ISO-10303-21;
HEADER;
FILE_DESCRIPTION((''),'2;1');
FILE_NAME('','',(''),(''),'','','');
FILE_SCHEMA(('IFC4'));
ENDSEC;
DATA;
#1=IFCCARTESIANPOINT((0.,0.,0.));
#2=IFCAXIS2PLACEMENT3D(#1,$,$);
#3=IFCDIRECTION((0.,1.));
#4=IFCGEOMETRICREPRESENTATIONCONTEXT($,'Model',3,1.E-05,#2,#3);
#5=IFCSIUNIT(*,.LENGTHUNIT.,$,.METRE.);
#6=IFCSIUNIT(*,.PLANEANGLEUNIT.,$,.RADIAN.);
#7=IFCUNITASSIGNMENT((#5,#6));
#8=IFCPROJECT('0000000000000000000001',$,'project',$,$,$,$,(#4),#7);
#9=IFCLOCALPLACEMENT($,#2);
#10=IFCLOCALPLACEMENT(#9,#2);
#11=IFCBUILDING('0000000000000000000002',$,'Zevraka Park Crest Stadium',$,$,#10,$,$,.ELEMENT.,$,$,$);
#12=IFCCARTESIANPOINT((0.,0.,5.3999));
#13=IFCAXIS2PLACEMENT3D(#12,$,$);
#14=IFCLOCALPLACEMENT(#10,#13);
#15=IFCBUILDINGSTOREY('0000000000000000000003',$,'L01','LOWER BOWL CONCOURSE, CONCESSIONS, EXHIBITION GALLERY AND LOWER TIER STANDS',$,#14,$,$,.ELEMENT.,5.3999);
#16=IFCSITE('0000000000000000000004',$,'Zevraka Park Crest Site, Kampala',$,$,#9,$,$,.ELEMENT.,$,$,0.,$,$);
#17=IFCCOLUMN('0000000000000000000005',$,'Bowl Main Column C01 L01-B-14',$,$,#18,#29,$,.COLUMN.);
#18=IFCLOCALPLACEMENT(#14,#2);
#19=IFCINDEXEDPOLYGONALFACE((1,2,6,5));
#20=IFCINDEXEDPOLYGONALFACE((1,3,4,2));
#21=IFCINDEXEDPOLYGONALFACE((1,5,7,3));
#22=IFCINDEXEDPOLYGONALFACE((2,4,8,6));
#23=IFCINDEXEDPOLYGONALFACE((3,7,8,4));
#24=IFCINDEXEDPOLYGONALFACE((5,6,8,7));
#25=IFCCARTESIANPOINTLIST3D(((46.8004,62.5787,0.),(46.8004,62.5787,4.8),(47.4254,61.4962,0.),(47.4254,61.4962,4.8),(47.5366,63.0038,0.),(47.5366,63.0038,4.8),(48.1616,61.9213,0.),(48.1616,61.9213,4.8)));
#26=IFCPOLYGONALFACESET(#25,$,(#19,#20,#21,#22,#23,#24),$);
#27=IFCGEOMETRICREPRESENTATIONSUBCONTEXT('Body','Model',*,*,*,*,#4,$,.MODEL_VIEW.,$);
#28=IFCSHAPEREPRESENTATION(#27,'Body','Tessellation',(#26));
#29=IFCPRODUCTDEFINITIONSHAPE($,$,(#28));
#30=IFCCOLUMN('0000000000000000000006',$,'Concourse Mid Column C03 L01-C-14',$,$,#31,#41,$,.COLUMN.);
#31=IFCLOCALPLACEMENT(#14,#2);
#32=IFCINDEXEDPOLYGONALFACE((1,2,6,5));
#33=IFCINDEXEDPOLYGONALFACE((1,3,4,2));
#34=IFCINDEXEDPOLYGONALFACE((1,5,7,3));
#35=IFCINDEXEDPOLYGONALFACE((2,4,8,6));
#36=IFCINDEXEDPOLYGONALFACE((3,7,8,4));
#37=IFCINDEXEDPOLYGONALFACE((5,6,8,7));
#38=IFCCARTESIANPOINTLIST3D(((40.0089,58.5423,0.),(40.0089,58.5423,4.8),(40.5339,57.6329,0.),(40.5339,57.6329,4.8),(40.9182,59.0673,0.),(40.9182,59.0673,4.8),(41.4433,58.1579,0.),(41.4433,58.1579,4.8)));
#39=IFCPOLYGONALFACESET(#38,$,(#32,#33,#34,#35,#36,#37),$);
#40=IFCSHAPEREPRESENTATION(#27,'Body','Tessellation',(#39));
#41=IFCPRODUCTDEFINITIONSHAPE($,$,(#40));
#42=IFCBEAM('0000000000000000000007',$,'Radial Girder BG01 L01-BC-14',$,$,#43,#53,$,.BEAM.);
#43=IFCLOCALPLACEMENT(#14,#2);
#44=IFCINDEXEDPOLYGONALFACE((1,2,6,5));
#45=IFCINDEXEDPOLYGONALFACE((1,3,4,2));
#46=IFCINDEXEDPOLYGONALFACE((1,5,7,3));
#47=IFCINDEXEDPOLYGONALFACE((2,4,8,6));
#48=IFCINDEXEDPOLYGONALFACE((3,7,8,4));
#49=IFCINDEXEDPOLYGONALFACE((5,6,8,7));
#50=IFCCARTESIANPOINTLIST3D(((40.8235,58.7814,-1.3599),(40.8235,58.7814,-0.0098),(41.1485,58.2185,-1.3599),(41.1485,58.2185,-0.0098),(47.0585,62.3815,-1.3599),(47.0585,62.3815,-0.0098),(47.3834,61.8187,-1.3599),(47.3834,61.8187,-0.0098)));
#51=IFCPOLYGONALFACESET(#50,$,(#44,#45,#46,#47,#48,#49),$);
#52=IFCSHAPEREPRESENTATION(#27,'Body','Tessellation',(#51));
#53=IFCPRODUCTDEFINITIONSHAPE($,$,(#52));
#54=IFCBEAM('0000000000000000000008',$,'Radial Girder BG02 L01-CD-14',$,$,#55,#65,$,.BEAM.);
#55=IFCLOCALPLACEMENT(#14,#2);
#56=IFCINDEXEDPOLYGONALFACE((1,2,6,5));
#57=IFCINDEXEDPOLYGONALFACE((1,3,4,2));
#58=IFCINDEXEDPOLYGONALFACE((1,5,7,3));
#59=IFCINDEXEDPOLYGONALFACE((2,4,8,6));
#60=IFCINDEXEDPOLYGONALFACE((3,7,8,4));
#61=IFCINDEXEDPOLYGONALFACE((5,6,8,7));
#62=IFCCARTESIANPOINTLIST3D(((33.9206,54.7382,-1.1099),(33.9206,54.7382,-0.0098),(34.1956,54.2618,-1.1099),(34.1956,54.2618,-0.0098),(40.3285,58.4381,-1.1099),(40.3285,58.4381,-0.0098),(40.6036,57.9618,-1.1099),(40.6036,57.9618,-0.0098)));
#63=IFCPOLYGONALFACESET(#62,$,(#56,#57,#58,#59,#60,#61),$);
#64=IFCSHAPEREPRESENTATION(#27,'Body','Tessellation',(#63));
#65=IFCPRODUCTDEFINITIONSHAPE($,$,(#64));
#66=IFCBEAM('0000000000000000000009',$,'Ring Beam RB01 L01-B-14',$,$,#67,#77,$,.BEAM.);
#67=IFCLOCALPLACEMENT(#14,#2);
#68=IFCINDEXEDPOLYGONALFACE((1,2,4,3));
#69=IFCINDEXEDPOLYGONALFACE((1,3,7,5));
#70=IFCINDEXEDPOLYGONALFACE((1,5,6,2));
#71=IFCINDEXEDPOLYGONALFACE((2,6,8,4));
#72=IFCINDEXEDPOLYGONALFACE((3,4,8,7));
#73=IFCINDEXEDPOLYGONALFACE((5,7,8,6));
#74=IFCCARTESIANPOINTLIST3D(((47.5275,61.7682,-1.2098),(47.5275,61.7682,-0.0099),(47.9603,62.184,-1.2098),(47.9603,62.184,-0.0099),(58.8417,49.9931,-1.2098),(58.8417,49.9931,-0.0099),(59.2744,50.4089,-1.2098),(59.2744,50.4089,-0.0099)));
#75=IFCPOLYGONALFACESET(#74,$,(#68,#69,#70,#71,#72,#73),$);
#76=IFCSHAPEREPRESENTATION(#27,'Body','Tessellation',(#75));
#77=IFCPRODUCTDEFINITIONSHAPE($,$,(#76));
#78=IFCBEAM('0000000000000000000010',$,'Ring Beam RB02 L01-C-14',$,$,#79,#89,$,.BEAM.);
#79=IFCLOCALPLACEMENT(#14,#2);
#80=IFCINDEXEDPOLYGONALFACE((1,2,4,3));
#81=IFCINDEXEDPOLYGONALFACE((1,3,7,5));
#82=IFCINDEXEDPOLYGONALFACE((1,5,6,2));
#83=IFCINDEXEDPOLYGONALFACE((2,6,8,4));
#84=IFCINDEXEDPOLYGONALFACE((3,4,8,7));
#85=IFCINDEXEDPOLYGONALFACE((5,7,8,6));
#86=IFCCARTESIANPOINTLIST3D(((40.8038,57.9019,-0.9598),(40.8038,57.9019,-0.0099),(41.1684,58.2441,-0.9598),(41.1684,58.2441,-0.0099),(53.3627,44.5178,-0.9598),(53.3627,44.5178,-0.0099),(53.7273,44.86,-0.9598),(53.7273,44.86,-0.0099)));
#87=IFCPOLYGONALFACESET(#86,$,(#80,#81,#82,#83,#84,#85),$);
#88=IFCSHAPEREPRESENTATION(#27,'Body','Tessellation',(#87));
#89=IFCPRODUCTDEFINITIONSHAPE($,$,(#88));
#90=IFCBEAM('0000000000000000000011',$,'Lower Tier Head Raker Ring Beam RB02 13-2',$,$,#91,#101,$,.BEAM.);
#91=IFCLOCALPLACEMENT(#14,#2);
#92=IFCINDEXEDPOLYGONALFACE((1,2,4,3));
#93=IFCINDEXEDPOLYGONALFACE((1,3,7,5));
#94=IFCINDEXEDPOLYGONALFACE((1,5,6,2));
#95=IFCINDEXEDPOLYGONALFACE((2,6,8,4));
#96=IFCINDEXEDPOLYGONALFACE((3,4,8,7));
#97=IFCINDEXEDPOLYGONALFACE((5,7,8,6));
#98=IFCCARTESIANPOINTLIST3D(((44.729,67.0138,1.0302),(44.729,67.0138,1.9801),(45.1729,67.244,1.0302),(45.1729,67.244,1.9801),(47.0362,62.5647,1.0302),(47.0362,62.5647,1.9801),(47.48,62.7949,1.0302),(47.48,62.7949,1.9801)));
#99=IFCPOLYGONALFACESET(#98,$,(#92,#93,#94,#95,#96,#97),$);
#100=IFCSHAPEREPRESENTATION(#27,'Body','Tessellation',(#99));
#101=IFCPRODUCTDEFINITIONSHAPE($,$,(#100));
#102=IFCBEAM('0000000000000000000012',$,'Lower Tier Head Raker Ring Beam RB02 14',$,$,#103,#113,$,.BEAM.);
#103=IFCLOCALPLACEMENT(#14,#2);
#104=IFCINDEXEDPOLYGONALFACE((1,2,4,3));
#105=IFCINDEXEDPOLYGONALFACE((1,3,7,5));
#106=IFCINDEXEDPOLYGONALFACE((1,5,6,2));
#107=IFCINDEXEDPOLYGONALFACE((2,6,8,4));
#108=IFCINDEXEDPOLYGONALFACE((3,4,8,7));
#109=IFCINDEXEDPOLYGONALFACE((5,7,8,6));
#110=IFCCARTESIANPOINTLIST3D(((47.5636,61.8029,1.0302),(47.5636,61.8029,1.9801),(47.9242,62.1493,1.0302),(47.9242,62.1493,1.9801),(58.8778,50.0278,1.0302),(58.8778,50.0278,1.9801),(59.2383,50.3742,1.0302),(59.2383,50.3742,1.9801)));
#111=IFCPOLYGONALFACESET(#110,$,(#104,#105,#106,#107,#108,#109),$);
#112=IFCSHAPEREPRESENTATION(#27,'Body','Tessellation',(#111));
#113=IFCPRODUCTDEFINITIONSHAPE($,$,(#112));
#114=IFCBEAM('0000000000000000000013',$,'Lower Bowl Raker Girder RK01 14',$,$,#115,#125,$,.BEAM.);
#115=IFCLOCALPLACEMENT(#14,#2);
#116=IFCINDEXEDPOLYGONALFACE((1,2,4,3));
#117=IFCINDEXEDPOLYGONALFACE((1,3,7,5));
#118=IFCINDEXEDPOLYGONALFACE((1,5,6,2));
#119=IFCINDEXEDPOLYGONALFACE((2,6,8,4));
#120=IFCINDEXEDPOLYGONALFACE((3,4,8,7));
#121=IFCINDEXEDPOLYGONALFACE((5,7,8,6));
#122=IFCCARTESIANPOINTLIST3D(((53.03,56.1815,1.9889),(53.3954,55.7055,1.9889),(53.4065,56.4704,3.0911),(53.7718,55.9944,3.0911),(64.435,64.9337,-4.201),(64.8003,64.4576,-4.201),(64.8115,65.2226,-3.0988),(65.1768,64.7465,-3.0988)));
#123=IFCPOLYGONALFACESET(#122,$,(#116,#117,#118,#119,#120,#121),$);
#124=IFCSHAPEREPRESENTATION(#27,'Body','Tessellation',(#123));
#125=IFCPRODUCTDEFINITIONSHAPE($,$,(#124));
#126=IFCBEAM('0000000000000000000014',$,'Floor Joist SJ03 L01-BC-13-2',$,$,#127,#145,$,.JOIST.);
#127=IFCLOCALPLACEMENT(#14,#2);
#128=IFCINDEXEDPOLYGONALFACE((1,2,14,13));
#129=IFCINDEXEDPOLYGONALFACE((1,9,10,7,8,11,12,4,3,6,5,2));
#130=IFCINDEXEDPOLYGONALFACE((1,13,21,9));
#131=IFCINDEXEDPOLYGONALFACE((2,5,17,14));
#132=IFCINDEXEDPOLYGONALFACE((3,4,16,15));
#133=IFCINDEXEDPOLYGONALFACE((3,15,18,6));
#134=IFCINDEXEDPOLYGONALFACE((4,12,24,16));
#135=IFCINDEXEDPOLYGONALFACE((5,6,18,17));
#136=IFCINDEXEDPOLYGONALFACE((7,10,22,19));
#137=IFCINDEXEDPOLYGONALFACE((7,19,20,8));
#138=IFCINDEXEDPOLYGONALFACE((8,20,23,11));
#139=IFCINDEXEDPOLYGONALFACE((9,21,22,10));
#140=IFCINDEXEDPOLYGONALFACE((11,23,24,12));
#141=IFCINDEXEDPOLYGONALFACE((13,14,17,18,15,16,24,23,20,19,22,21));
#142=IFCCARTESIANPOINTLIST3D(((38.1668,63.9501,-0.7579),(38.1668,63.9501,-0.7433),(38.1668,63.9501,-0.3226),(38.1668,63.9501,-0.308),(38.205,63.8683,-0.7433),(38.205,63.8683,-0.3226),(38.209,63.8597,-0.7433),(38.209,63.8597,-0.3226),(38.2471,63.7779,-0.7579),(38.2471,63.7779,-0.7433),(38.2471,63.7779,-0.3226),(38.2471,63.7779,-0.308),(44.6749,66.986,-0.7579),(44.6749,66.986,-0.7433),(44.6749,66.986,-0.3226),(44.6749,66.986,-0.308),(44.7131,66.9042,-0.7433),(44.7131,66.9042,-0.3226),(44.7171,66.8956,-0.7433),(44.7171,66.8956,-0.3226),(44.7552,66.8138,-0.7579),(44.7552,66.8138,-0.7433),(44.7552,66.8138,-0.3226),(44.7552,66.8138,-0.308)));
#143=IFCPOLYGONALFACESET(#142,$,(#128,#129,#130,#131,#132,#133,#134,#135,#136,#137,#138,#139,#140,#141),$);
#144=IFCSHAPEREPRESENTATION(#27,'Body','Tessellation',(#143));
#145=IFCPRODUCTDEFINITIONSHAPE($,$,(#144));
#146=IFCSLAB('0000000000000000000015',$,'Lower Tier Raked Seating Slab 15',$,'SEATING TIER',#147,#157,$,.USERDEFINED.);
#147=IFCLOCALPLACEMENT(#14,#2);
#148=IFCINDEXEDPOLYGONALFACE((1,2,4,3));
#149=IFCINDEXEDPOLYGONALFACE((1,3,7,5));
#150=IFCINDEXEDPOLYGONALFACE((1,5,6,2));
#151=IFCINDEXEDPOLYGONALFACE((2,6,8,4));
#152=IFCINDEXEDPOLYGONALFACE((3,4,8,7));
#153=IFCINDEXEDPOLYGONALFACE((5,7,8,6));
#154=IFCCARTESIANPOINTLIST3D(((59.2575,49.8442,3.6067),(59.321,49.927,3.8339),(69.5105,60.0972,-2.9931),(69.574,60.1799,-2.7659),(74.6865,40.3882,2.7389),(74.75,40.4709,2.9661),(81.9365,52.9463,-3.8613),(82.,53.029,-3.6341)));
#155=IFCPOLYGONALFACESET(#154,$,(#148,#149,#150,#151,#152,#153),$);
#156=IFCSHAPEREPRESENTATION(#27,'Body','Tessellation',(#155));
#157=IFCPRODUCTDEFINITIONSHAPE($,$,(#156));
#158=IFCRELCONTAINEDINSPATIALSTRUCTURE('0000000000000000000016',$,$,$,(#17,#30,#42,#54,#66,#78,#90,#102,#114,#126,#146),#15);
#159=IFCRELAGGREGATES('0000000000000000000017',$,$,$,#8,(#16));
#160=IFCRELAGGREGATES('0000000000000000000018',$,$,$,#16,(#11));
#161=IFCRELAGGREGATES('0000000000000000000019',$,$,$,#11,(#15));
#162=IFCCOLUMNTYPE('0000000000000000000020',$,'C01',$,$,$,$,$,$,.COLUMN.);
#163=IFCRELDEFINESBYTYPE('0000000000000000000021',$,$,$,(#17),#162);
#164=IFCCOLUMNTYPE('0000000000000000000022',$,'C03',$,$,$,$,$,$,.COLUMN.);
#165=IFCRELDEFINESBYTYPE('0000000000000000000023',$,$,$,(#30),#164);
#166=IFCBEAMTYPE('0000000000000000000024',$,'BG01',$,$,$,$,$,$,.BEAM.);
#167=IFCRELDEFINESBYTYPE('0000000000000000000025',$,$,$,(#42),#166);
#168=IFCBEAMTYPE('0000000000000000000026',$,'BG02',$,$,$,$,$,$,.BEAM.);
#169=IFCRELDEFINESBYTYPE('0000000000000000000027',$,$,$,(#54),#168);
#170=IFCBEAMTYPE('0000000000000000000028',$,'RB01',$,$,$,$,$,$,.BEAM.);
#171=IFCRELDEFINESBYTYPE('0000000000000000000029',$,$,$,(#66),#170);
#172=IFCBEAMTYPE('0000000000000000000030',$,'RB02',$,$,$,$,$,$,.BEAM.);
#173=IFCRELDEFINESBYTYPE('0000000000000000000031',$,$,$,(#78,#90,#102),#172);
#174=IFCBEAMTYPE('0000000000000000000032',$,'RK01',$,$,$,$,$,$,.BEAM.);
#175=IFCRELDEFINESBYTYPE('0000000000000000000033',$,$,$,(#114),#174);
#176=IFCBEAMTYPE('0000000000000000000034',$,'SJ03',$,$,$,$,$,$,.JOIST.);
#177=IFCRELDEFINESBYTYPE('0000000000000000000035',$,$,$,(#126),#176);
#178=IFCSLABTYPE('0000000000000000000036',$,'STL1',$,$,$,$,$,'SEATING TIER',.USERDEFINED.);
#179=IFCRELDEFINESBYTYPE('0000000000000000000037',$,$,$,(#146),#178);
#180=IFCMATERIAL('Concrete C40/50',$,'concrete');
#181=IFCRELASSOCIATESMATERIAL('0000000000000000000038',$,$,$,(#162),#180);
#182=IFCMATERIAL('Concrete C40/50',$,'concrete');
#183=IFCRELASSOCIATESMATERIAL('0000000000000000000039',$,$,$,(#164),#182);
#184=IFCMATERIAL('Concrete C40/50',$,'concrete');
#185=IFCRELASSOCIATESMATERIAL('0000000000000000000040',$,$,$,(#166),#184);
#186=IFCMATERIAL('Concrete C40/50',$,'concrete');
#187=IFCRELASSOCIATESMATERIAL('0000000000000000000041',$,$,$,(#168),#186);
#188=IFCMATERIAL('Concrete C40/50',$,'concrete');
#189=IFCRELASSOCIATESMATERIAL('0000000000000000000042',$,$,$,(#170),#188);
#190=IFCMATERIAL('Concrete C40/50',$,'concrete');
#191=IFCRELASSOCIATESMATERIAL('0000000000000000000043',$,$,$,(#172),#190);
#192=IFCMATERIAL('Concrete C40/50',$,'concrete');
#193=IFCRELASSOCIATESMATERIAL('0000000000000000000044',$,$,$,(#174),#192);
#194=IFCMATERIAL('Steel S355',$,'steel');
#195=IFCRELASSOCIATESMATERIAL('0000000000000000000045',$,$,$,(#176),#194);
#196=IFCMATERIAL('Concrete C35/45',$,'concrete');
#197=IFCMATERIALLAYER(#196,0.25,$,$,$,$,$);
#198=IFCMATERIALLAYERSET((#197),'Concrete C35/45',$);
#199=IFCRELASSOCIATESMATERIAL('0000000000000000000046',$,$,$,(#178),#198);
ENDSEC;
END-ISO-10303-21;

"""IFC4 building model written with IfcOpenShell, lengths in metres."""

from ifc_helpers import new_model, si_unit, direction, frame, origin, origin_2d, place, context, subcontext, project, spatial, polyline, rectangle, i_section, outline, extrude, material, layer, layer_set, material_profile, profile_set, type_object, element, save


model = new_model("IFC4")

# Units and contexts
model_context = context("Model", 3, precision=1e-05, world=origin(), true_north=direction((0.0, 1.0)))
body_context = subcontext(model_context, "Body", "Model", "MODEL_VIEW")
ifc_project = project(units=[si_unit("LENGTHUNIT", "METRE"), si_unit("PLANEANGLEUNIT", "RADIAN")], contexts=[model_context])

# Site, building, storey
site_placement = place(None, origin())
site = spatial("IfcSite", under=ifc_project, at=site_placement, Name="Zevraka Park Crest Site, Kampala", CompositionType="ELEMENT", RefElevation=0.0)
building_placement = place(site_placement, origin())
building = spatial("IfcBuilding", under=site, at=building_placement, Name="Zevraka Park Crest Stadium", CompositionType="ELEMENT")
storey_placement = place(building_placement, frame((0.0, 0.0, 5.3999)))
storey = spatial("IfcBuildingStorey", under=building, at=storey_placement, Name="L01", Description="LOWER BOWL CONCOURSE, CONCESSIONS, EXHIBITION GALLERY AND LOWER TIER STANDS", CompositionType="ELEMENT", Elevation=5.3999)

# Columns
ifc_material_1 = material(Name="Concrete C40/50", Category="concrete")
ifc_material_profile_1 = material_profile(ifc_material_1, rectangle(XDim=0.8501, YDim=1.25, at=origin_2d()), Name="RC 1250x850")
ifc_profile_set_1 = profile_set([ifc_material_profile_1], Name="Concrete C40/50")
column_type_1 = type_object("IfcColumnType", Name="C01", PredefinedType="COLUMN", material=ifc_profile_set_1)
column_1_placement = place(storey_placement, frame((47.481, 62.25, 0.0), z_axis=(0.0, 0.0, 1.0), x_axis=(0.866025, 0.5, 0.0)))
element("IfcColumn", 1, at=column_1_placement, inside=storey, type_object=column_type_1, Name="Bowl Main Column C01 L01-B-14", PredefinedType="COLUMN", context=body_context, shape_type="SweptSolid", body=[
    extrude(rectangle(XDim=0.8501, YDim=1.25, at=origin_2d()), origin(), (0.0, 0.0, 1.0), 4.8),
])
ifc_material_2 = material(Name="Concrete C40/50", Category="concrete")
ifc_material_profile_2 = material_profile(ifc_material_2, rectangle(XDim=1.05, YDim=1.05, at=origin_2d()), Name="RC 1050x1050")
ifc_profile_set_2 = profile_set([ifc_material_profile_2], Name="Concrete C40/50")
column_type_2 = type_object("IfcColumnType", Name="C03", PredefinedType="COLUMN", material=ifc_profile_set_2)
column_2_placement = place(storey_placement, frame((40.7261, 58.3501, 0.0), z_axis=(0.0, 0.0, 1.0), x_axis=(0.866025, 0.5, 0.0)))
element("IfcColumn", 2, at=column_2_placement, inside=storey, type_object=column_type_2, Name="Concourse Mid Column C03 L01-C-14", PredefinedType="COLUMN", context=body_context, shape_type="SweptSolid", body=[
    extrude(rectangle(XDim=1.05, YDim=1.05, at=origin_2d()), origin(), (0.0, 0.0, 1.0), 4.8),
])

# Beams
ifc_material_3 = material(Name="Concrete C40/50", Category="concrete")
ifc_material_profile_3 = material_profile(ifc_material_3, rectangle(XDim=0.6499, YDim=1.3501, at=origin_2d()), Name="RC 1350x650")
ifc_profile_set_3 = profile_set([ifc_material_profile_3], Name="Concrete C40/50")
beam_type_1 = type_object("IfcBeamType", Name="BG01", PredefinedType="BEAM", material=ifc_profile_set_3)
beam_1_placement = place(storey_placement, frame((47.2209, 62.1001, -0.6848), z_axis=(-0.866001, -0.500041, 0.0), x_axis=(0.500041, -0.866001, 0.0)))
element("IfcBeam", 3, at=beam_1_placement, inside=storey, type_object=beam_type_1, Name="Radial Girder BG01 L01-BC-14", PredefinedType="BEAM", context=body_context, shape_type="SweptSolid", body=[
    extrude(rectangle(XDim=0.6499, YDim=1.3501, at=origin_2d()), origin(), (0.0, 0.0, 1.0), 7.1997),
])
ifc_material_4 = material(Name="Concrete C40/50", Category="concrete")
ifc_material_profile_4 = material_profile(ifc_material_4, rectangle(XDim=0.55, YDim=1.1001, at=origin_2d()), Name="RC 1100x550")
ifc_profile_set_4 = profile_set([ifc_material_profile_4], Name="Concrete C40/50")
beam_type_2 = type_object("IfcBeamType", Name="BG02", PredefinedType="BEAM", material=ifc_profile_set_4)
beam_2_placement = place(storey_placement, frame((40.4661, 58.2, -0.5598), z_axis=(-0.866007, -0.500032, 0.0), x_axis=(0.500032, -0.866007, 0.0)))
element("IfcBeam", 4, at=beam_2_placement, inside=storey, type_object=beam_type_2, Name="Radial Girder BG02 L01-CD-14", PredefinedType="BEAM", context=body_context, shape_type="SweptSolid", body=[
    extrude(rectangle(XDim=0.55, YDim=1.1001, at=origin_2d()), origin(), (0.0, 0.0, 1.0), 7.3994),
])
ifc_material_5 = material(Name="Concrete C40/50", Category="concrete")
ifc_material_profile_5 = material_profile(ifc_material_5, rectangle(XDim=0.6001, YDim=1.2, at=origin_2d()), Name="RC 1200x600")
ifc_profile_set_5 = profile_set([ifc_material_profile_5], Name="Concrete C40/50")
beam_type_3 = type_object("IfcBeamType", Name="RB01", PredefinedType="BEAM", material=ifc_profile_set_5)
beam_3_placement = place(storey_placement, frame((47.7439, 61.9761, -0.6099), z_axis=(0.692853, -0.721079, 0.0), x_axis=(0.721079, 0.692853, 0.0)))
element("IfcBeam", 5, at=beam_3_placement, inside=storey, type_object=beam_type_3, Name="Ring Beam RB01 L01-B-14", PredefinedType="BEAM", context=body_context, shape_type="SweptSolid", body=[
    extrude(rectangle(XDim=0.6001, YDim=1.2, at=origin_2d()), origin(), (0.0, 0.0, 1.0), 16.3298),
])
ifc_material_6 = material(Name="Concrete C40/50", Category="concrete")
ifc_material_profile_6 = material_profile(ifc_material_6, rectangle(XDim=0.5, YDim=0.95, at=origin_2d()), Name="RC 950x500")
ifc_profile_set_6 = profile_set([ifc_material_profile_6], Name="Concrete C40/50")
beam_type_4 = type_object("IfcBeamType", Name="RB02", PredefinedType="BEAM", material=ifc_profile_set_6)
beam_4_placement = place(storey_placement, frame((40.9861, 58.073, -0.4849), z_axis=(0.684269, -0.72923, 0.0), x_axis=(0.72923, 0.684269, 0.0)))
element("IfcBeam", 6, at=beam_4_placement, inside=storey, type_object=beam_type_4, Name="Ring Beam RB02 L01-C-14", PredefinedType="BEAM", context=body_context, shape_type="SweptSolid", body=[
    extrude(rectangle(XDim=0.5, YDim=0.95, at=origin_2d()), origin(), (0.0, 0.0, 1.0), 18.3538),
])
beam_5_placement = place(storey_placement, frame((44.9509, 67.1289, 1.5051), z_axis=(0.460357, -0.887734, 0.0), x_axis=(0.887734, 0.460357, 0.0)))
element("IfcBeam", 7, at=beam_5_placement, inside=storey, type_object=beam_type_4, Name="Lower Tier Head Raker Ring Beam RB02 13-2", PredefinedType="BEAM", context=body_context, shape_type="SweptSolid", body=[
    extrude(rectangle(XDim=0.5, YDim=0.95, at=origin_2d()), origin(), (0.0, 0.0, 1.0), 5.0117),
])
beam_6_placement = place(storey_placement, frame((47.7439, 61.9761, 1.5051), z_axis=(0.692853, -0.721079, 0.0), x_axis=(0.721079, 0.692853, 0.0)))
element("IfcBeam", 8, at=beam_6_placement, inside=storey, type_object=beam_type_4, Name="Lower Tier Head Raker Ring Beam RB02 14", PredefinedType="BEAM", context=body_context, shape_type="SweptSolid", body=[
    extrude(rectangle(XDim=0.5, YDim=0.95, at=origin_2d()), origin(), (0.0, 0.0, 1.0), 16.3298),
])
ifc_material_7 = material(Name="Concrete C40/50", Category="concrete")
ifc_material_profile_7 = material_profile(ifc_material_7, rectangle(XDim=0.6001, YDim=1.2, at=origin_2d()), Name="RC 1200x600")
ifc_profile_set_7 = profile_set([ifc_material_profile_7], Name="Concrete C40/50")
beam_type_5 = type_object("IfcBeamType", Name="RK01", PredefinedType="BEAM", material=ifc_profile_set_7)
beam_7_placement = place(storey_placement, frame((64.8059, 64.8401, -3.6499), z_axis=(-0.728654, -0.559168, 0.395468), x_axis=(0.608797, -0.793326, 0.0)))
element("IfcBeam", 9, at=beam_7_placement, inside=storey, type_object=beam_type_5, Name="Lower Bowl Raker Girder RK01 14", PredefinedType="BEAM", context=body_context, shape_type="SweptSolid", body=[
    extrude(rectangle(XDim=0.6001, YDim=1.2, at=origin_2d()), origin(), (0.0, 0.0, 1.0), 15.6521),
])
ifc_material_8 = material(Name="Steel S355", Category="steel")
ifc_material_profile_8 = material_profile(ifc_material_8, i_section(OverallWidth=0.1899, OverallDepth=0.45, WebThickness=0.0095, FlangeThickness=0.0146, at=origin_2d()), Name="IPE 450")
ifc_profile_set_8 = profile_set([ifc_material_profile_8], Name="Steel S355")
beam_type_6 = type_object("IfcBeamType", Name="SJ03", PredefinedType="JOIST", material=ifc_profile_set_8)
beam_8_placement = place(storey_placement, frame((44.7151, 66.8999, -0.533), z_axis=(-0.906247, -0.422748, 0.0), x_axis=(0.422748, -0.906247, 0.0)))
element("IfcBeam", 10, at=beam_8_placement, inside=storey, type_object=beam_type_6, Name="Floor Joist SJ03 L01-BC-13-2", PredefinedType="JOIST", context=body_context, shape_type="SweptSolid", body=[
    extrude(i_section(OverallWidth=0.1899, OverallDepth=0.45, WebThickness=0.0095, FlangeThickness=0.0146, at=origin_2d()), origin(), (0.0, 0.0, 1.0), 7.1814),
])

# Slab
ifc_material_9 = material(Name="Concrete C35/45", Category="concrete")
ifc_layer_1 = layer(ifc_material_9, 0.25)
ifc_layer_set_1 = layer_set([ifc_layer_1], Name="Concrete C35/45")
slab_type = type_object("IfcSlabType", Name="STL1", ElementType="SEATING TIER", PredefinedType="USERDEFINED", material=ifc_layer_set_1)
slab_placement = place(storey_placement, frame((69.574, 60.1799, -2.7659), z_axis=(0.253987, 0.331009, 0.908804), x_axis=(0.865142, -0.49787, -0.060448)))
element("IfcSlab", 11, at=slab_placement, inside=storey, type_object=slab_type, Name="Lower Tier Raked Seating Slab 15", ObjectType="SEATING TIER", PredefinedType="USERDEFINED", context=body_context, shape_type="SweptSolid", body=[
    extrude(outline(polyline([(0.0, 0.0), (14.363, 0.0), (13.944, -15.9265), (-4.1646, -15.3772), (0.0, 0.0)])), origin(), (0.0, 0.0, -1.0), 0.25),
])

save(model, "model.ifc")
